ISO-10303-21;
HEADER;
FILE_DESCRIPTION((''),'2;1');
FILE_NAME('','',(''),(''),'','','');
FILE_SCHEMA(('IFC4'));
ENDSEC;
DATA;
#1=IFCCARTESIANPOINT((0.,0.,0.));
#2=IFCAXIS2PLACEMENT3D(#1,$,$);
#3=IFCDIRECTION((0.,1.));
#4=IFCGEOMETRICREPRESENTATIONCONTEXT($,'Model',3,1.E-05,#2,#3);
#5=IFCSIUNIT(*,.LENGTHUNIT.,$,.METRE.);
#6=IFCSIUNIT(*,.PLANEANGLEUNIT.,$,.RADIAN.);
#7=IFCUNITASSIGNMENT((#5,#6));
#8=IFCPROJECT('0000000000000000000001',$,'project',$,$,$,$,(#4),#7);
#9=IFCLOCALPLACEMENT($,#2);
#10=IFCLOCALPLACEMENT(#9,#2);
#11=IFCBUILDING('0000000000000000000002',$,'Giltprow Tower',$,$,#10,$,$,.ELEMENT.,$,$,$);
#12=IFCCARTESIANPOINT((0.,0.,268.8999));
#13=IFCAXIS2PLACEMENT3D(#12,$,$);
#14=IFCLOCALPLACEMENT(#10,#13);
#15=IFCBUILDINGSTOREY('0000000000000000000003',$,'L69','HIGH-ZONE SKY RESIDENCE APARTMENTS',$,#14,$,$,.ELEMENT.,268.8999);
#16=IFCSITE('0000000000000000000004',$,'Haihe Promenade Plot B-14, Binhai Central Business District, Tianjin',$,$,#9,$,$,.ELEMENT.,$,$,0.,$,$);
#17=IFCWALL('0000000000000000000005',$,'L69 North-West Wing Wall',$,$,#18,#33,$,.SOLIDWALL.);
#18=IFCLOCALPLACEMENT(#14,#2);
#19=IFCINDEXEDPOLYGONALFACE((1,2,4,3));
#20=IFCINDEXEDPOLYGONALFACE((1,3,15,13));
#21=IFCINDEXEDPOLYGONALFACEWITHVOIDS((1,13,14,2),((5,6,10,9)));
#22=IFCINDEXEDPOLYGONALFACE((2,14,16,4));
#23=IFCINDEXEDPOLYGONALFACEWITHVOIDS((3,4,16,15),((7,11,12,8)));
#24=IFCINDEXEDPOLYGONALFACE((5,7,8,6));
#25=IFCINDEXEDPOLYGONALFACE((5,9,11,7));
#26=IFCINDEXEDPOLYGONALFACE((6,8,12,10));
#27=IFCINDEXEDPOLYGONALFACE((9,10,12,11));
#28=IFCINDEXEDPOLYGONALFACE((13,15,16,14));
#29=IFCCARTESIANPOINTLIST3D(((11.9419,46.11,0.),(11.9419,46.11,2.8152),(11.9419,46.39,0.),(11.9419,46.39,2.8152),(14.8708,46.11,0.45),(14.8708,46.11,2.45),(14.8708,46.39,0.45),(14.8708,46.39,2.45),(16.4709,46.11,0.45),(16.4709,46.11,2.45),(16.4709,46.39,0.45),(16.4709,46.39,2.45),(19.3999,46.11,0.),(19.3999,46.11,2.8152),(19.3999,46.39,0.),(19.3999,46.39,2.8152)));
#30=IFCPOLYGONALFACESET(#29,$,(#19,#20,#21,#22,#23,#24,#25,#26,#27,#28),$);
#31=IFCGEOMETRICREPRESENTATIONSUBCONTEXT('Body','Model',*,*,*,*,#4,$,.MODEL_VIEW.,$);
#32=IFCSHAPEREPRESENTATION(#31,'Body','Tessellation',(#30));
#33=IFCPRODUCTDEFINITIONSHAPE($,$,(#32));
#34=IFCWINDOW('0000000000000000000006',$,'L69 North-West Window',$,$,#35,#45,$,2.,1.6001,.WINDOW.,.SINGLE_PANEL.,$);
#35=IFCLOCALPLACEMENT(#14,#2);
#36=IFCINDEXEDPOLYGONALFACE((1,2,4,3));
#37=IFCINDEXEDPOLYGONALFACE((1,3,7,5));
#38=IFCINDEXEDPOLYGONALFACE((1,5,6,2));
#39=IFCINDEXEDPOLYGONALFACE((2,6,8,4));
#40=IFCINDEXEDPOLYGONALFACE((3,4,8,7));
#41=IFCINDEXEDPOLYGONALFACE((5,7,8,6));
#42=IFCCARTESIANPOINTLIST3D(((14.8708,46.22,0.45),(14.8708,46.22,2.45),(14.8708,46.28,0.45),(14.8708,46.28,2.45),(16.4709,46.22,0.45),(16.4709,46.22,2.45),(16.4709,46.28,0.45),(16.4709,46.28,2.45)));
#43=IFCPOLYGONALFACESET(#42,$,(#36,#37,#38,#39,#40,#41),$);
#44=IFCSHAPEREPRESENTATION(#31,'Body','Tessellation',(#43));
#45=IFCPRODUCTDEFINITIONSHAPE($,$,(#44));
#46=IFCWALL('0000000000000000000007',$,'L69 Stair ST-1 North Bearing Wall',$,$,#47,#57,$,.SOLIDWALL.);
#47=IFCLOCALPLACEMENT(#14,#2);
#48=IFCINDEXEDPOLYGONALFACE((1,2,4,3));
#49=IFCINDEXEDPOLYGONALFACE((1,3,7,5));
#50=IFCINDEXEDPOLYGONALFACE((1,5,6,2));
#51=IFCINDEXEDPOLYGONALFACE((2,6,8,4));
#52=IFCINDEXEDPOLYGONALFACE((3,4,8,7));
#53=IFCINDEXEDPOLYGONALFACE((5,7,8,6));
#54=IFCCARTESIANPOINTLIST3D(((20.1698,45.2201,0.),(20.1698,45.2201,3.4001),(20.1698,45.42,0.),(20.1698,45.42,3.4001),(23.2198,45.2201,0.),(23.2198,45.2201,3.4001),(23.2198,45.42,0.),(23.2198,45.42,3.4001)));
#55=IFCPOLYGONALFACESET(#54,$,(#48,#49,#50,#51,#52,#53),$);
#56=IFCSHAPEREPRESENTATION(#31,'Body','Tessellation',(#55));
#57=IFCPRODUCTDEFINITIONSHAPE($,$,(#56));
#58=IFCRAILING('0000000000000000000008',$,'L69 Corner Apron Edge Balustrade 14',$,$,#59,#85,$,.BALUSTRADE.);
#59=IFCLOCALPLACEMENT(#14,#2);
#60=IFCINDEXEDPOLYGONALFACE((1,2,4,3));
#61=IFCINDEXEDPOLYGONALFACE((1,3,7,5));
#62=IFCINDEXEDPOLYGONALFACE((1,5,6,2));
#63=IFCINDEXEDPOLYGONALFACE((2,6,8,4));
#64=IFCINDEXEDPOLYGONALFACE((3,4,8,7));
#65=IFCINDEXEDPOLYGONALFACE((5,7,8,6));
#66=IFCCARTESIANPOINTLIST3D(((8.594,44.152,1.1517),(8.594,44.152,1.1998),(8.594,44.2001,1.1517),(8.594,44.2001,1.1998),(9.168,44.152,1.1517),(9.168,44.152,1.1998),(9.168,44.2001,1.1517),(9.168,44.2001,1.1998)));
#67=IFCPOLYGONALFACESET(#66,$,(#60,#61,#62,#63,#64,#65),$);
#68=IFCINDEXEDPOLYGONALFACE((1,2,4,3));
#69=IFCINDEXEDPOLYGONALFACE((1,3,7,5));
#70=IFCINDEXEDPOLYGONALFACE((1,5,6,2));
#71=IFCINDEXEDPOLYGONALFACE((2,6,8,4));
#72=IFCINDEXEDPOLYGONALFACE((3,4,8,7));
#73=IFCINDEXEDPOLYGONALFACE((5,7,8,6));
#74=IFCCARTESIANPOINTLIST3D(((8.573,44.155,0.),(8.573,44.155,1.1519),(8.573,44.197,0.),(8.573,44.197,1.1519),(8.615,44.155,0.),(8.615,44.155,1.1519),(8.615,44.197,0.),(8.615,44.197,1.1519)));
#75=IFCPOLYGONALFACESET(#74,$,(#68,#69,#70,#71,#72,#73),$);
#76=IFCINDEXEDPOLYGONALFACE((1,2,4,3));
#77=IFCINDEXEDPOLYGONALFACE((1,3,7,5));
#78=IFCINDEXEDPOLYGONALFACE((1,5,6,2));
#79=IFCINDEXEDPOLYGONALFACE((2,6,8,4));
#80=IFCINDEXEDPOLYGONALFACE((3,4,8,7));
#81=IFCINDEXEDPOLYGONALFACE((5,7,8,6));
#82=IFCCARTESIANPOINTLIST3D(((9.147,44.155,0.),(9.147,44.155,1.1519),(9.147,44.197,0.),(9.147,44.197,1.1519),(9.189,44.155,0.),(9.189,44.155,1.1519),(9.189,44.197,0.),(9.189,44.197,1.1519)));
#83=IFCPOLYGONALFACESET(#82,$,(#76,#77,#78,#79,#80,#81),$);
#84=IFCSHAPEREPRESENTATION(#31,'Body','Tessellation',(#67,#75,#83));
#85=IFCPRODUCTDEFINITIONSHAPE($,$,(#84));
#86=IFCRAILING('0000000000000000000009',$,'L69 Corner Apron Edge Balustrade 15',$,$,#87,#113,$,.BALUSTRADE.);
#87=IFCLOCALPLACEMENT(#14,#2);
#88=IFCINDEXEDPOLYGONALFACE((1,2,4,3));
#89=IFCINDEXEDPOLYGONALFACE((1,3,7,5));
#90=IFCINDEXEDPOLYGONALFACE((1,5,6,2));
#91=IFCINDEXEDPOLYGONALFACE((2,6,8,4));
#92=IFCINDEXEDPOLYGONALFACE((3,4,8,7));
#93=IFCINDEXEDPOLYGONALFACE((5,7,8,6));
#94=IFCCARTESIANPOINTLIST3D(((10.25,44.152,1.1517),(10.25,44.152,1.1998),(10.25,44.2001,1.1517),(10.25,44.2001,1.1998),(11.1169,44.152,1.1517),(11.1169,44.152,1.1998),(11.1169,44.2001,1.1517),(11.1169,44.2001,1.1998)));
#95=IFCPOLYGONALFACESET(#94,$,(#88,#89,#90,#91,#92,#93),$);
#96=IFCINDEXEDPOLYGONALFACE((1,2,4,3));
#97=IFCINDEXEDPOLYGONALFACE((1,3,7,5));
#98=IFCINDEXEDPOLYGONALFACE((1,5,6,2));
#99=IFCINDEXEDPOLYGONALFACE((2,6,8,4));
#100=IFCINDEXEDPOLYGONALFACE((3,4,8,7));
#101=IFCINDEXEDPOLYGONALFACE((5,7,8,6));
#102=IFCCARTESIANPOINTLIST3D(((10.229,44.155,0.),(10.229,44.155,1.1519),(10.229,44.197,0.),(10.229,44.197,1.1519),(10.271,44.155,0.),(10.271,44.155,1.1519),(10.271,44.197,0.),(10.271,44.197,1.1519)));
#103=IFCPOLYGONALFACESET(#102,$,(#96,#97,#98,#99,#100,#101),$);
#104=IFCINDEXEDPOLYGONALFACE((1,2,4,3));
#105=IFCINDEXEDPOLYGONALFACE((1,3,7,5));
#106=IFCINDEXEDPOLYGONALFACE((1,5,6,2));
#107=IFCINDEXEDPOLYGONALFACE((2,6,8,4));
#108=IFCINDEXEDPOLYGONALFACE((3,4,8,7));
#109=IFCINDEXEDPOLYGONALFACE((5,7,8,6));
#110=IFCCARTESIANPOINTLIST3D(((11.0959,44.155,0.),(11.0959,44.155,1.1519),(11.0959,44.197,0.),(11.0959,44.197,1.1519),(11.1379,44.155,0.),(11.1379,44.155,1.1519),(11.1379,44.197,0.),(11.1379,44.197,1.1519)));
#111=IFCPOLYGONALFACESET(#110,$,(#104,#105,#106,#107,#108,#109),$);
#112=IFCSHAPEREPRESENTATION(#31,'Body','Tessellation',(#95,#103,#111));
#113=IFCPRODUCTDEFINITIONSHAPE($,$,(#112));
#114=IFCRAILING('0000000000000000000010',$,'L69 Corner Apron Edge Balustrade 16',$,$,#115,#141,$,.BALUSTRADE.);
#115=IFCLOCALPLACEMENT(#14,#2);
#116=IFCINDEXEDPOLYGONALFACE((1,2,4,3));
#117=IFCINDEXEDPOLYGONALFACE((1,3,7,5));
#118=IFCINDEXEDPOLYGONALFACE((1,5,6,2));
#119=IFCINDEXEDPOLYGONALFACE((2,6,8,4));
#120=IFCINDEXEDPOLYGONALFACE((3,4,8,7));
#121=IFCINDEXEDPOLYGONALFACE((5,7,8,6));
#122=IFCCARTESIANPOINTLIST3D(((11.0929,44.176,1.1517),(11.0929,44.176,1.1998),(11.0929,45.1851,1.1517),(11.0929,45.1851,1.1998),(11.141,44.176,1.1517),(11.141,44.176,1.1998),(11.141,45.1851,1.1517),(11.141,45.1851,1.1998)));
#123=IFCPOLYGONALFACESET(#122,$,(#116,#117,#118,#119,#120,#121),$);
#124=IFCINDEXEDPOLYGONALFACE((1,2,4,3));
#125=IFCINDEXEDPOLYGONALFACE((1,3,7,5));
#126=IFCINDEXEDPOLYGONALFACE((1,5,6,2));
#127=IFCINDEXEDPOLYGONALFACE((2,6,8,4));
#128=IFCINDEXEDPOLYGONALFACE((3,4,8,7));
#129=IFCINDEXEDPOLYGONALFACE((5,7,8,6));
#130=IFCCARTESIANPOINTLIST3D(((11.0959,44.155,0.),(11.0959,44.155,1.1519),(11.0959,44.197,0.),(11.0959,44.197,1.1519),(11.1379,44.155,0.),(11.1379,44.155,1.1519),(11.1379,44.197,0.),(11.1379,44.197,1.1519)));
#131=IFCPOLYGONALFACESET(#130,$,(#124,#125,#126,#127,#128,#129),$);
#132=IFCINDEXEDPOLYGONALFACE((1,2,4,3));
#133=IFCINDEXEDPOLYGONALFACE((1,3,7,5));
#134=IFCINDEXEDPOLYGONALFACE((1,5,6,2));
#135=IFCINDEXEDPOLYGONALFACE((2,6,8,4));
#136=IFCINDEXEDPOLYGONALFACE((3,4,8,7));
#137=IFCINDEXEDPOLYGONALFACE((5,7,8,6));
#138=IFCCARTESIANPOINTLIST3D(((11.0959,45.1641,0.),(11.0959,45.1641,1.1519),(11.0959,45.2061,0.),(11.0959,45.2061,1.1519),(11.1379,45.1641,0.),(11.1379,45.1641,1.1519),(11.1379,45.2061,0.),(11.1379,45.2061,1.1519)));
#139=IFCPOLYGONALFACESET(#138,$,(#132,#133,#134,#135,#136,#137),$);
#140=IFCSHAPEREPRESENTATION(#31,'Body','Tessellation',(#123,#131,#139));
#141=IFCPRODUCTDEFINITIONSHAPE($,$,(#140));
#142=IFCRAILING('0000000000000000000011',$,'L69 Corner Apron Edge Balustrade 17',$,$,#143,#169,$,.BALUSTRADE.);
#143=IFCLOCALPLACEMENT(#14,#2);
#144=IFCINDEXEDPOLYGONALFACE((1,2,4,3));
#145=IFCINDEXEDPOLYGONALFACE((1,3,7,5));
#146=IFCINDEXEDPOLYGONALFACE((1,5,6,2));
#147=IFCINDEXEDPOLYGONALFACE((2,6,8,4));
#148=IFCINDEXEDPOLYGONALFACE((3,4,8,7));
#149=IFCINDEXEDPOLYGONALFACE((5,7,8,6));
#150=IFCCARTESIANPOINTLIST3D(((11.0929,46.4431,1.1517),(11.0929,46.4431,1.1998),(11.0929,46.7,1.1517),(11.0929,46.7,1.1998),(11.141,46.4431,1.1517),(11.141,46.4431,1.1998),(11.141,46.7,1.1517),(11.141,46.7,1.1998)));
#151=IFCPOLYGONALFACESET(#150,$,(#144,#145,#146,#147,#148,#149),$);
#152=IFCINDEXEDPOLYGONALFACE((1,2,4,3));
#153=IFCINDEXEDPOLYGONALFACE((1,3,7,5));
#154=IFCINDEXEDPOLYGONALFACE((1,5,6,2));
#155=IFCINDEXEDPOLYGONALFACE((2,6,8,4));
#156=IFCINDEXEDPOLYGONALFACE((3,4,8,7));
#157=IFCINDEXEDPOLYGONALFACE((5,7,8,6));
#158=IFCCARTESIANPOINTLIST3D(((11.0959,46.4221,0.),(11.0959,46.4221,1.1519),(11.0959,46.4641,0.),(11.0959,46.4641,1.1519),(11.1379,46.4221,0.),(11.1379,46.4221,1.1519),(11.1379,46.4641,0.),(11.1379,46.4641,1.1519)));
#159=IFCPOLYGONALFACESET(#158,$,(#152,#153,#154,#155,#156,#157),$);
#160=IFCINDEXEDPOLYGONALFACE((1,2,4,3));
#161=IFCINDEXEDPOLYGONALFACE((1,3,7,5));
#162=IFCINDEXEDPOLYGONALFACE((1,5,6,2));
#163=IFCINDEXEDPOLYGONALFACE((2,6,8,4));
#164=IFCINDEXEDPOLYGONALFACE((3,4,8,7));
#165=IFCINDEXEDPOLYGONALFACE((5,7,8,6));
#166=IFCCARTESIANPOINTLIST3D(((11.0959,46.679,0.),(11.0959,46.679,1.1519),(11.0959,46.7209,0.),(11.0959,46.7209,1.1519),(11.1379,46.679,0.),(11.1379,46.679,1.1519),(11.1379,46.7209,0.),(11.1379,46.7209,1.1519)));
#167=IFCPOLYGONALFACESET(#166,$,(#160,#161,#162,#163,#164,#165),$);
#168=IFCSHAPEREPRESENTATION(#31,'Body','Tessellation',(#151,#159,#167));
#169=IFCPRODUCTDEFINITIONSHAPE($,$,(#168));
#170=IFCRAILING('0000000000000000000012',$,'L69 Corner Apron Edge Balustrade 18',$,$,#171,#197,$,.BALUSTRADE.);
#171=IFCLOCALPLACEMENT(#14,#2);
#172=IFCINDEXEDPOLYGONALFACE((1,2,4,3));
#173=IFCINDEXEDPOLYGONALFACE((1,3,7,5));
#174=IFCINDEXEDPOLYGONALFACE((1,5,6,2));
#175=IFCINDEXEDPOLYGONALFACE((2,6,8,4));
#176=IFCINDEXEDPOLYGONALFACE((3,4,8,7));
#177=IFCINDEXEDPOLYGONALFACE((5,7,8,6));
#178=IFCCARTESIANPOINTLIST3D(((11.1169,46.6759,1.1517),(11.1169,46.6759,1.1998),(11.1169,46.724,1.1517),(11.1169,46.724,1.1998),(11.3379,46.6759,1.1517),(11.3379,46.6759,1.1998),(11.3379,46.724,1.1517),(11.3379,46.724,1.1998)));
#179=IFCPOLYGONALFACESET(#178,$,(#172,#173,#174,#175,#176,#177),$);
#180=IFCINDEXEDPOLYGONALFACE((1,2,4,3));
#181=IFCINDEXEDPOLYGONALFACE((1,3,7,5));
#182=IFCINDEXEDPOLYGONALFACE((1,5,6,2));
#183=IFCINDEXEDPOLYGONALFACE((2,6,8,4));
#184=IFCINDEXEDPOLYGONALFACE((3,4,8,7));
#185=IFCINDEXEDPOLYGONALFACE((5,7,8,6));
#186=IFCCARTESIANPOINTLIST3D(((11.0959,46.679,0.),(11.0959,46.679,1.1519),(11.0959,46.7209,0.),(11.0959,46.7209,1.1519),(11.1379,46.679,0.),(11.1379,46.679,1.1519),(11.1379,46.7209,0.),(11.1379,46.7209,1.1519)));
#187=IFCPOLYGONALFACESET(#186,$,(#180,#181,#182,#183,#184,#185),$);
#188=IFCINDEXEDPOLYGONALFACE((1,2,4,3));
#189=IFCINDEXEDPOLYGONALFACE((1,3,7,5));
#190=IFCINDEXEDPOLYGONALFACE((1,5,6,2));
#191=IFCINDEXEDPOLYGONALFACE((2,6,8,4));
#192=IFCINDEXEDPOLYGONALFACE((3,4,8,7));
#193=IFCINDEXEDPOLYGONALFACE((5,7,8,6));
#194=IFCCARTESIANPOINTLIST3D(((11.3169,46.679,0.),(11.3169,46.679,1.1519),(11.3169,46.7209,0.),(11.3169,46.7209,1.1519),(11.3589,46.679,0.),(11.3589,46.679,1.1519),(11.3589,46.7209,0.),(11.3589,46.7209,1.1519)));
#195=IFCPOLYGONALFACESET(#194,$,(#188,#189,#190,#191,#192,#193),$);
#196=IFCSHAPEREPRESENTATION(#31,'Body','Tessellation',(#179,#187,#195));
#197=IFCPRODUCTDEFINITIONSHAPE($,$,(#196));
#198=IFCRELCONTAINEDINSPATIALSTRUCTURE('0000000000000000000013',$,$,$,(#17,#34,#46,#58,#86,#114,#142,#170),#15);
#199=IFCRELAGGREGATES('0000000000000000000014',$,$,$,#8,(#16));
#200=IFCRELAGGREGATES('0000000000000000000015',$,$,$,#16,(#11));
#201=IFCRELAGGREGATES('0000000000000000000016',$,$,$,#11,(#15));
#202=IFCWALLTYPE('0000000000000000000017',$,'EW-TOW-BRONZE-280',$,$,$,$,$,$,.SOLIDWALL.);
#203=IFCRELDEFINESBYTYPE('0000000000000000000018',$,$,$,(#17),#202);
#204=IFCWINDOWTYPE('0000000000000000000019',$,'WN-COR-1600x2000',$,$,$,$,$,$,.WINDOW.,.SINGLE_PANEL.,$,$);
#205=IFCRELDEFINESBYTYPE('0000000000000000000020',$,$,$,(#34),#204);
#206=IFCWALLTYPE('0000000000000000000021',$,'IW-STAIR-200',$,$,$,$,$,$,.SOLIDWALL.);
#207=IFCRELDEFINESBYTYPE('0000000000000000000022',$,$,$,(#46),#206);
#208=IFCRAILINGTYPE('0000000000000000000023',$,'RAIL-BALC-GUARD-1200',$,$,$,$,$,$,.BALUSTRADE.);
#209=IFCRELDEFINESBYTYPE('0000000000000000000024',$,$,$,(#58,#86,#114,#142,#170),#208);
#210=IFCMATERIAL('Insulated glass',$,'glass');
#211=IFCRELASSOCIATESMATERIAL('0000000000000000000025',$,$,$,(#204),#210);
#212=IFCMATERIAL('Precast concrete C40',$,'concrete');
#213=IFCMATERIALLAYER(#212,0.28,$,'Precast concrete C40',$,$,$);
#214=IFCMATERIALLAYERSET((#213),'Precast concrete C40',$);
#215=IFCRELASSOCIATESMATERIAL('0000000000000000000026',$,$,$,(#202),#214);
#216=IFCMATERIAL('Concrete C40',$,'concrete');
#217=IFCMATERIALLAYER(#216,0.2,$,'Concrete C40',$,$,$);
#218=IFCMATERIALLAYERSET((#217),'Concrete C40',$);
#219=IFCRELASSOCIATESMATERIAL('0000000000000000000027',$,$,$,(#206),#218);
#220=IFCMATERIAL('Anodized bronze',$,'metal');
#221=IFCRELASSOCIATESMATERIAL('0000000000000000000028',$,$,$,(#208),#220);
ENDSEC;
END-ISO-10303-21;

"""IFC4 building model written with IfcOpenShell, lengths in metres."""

from ifc_helpers import new_model, si_unit, direction, frame, frame_2d, origin, origin_2d, place, context, subcontext, project, spatial, rectangle, extrude, source, transform, mapped, material, layer, layer_set, type_object, element, fill, save


model = new_model("IFC4")

# Units and contexts
model_context = context("Model", 3, precision=1e-05, world=origin(), true_north=direction((0.0, 1.0)))
body_context = subcontext(model_context, "Body", "Model", "MODEL_VIEW")
ifc_project = project(units=[si_unit("LENGTHUNIT", "METRE"), si_unit("PLANEANGLEUNIT", "RADIAN")], contexts=[model_context])

# Site, building, storey
site_placement = place(None, origin())
site = spatial("IfcSite", under=ifc_project, at=site_placement, Name="Haihe Promenade Plot B-14, Binhai Central Business District, Tianjin", CompositionType="ELEMENT", RefElevation=0.0)
building_placement = place(site_placement, origin())
building = spatial("IfcBuilding", under=site, at=building_placement, Name="Giltprow Tower", CompositionType="ELEMENT")
storey_placement = place(building_placement, frame((0.0, 0.0, 268.8999)))
storey = spatial("IfcBuildingStorey", under=building, at=storey_placement, Name="L69", Description="HIGH-ZONE SKY RESIDENCE APARTMENTS", CompositionType="ELEMENT", Elevation=268.8999)

# Wall, opening, window
ifc_material_1 = material(Name="Precast concrete C40", Category="concrete")
ifc_material_2 = material(Name="Insulated glass", Category="glass")
window_type = type_object("IfcWindowType", Name="WN-COR-1600x2000", PartitioningType="SINGLE_PANEL", PredefinedType="WINDOW", material=ifc_material_2)
shared_shape_1 = source(origin(), body_context, "Body", "SweptSolid", [
    extrude(rectangle(XDim=1.6001, YDim=2.0, at=frame_2d((0.8, 1.0))), frame((0.0, 0.03, 0.0), z_axis=(0.0, -1.0, 0.0), x_axis=(1.0, 0.0, 0.0)), (0.0, 0.0, 1.0), 0.0601),
])
ifc_layer_1 = layer(ifc_material_1, 0.28, Name="Precast concrete C40")
ifc_layer_set_1 = layer_set([ifc_layer_1], Name="Precast concrete C40")
wall_type_1 = type_object("IfcWallType", Name="EW-TOW-BRONZE-280", PredefinedType="SOLIDWALL", material=ifc_layer_set_1)
wall_1_placement = place(storey_placement, frame((11.9419, 46.25, 0.0), z_axis=(0.0, 0.0, 1.0), x_axis=(1.0, 0.0, 0.0)))
wall_1 = element("IfcWall", 1, at=wall_1_placement, inside=storey, type_object=wall_type_1, Name="L69 North-West Wing Wall", PredefinedType="SOLIDWALL", context=body_context, shape_type="SweptSolid", body=[
    extrude(rectangle(XDim=7.458, YDim=0.28, at=frame_2d((3.729, 0.0))), origin(), (0.0, 0.0, 1.0), 2.8152),
])
opening_1_placement = place(wall_1_placement, frame((2.929, 0.0, 0.45)))
opening_1 = element("IfcOpeningElement", 2, at=opening_1_placement, cuts=wall_1, PredefinedType="OPENING", context=body_context, shape_type="SweptSolid", body=[
    extrude(rectangle(XDim=1.6001, YDim=2.0, at=frame_2d((0.8, 1.0))), frame((0.0, 0.1499, 0.0), z_axis=(0.0, -1.0, 0.0), x_axis=(1.0, 0.0, 0.0)), (0.0, 0.0, 1.0), 0.3),
])
window_1_placement = place(opening_1_placement, origin())
window_1 = element("IfcWindow", 3, at=window_1_placement, inside=storey, type_object=window_type, Name="L69 North-West Window", OverallHeight=2.0, OverallWidth=1.6001, PartitioningType="SINGLE_PANEL", PredefinedType="WINDOW", context=body_context, shape_type="MappedRepresentation", body=[
    mapped(shared_shape_1, transform((0.0, 0.0, 0.0), x_axis=(1.0, 0.0, 0.0), y_axis=(0.0, 1.0, 0.0), z_axis=(0.0, 0.0, 1.0), scale=1.0)),
])
fill(opening_1, window_1)

# Wall
ifc_material_3 = material(Name="Concrete C40", Category="concrete")
ifc_layer_2 = layer(ifc_material_3, 0.2, Name="Concrete C40")
ifc_layer_set_2 = layer_set([ifc_layer_2], Name="Concrete C40")
wall_type_2 = type_object("IfcWallType", Name="IW-STAIR-200", PredefinedType="SOLIDWALL", material=ifc_layer_set_2)
wall_2_placement = place(storey_placement, frame((20.1699, 45.3201, 0.0), z_axis=(0.0, 0.0, 1.0), x_axis=(1.0, 0.0, 0.0)))
element("IfcWall", 4, at=wall_2_placement, inside=storey, type_object=wall_type_2, Name="L69 Stair ST-1 North Bearing Wall", PredefinedType="SOLIDWALL", context=body_context, shape_type="SweptSolid", body=[
    extrude(rectangle(XDim=3.05, YDim=0.2, at=frame_2d((1.5249, 0.0))), origin(), (0.0, 0.0, 1.0), 3.4001),
])

# Railings
ifc_material_4 = material(Name="Anodized bronze", Category="metal")
railing_type = type_object("IfcRailingType", Name="RAIL-BALC-GUARD-1200", PredefinedType="BALUSTRADE", material=ifc_material_4)
railing_1_placement = place(storey_placement, frame((8.594, 44.176, 0.0)))
element("IfcRailing", 5, at=railing_1_placement, inside=storey, type_object=railing_type, Name="L69 Corner Apron Edge Balustrade 14", PredefinedType="BALUSTRADE", context=body_context, shape_type="SweptSolid", body=[
    extrude(rectangle(XDim=0.0481, YDim=0.0481, at=origin_2d()), frame((0.0, 0.0, 1.1758), z_axis=(1.0, 0.0, 0.0), x_axis=(0.0, 1.0, 0.0)), (0.0, 0.0, 1.0), 0.574),
    extrude(rectangle(XDim=0.042, YDim=0.042, at=origin_2d()), origin(), (0.0, 0.0, 1.0), 1.1519),
    extrude(rectangle(XDim=0.042, YDim=0.042, at=origin_2d()), frame((0.574, 0.0, 0.0)), (0.0, 0.0, 1.0), 1.1519),
])
railing_2_placement = place(storey_placement, frame((10.25, 44.176, 0.0)))
element("IfcRailing", 6, at=railing_2_placement, inside=storey, type_object=railing_type, Name="L69 Corner Apron Edge Balustrade 15", PredefinedType="BALUSTRADE", context=body_context, shape_type="SweptSolid", body=[
    extrude(rectangle(XDim=0.0481, YDim=0.0481, at=origin_2d()), frame((0.0, 0.0, 1.1758), z_axis=(1.0, 0.0, 0.0), x_axis=(0.0, 1.0, 0.0)), (0.0, 0.0, 1.0), 0.8669),
    extrude(rectangle(XDim=0.042, YDim=0.042, at=origin_2d()), origin(), (0.0, 0.0, 1.0), 1.1519),
    extrude(rectangle(XDim=0.042, YDim=0.042, at=origin_2d()), frame((0.8669, 0.0, 0.0)), (0.0, 0.0, 1.0), 1.1519),
])
railing_3_placement = place(storey_placement, frame((11.1169, 44.176, 0.0)))
element("IfcRailing", 7, at=railing_3_placement, inside=storey, type_object=railing_type, Name="L69 Corner Apron Edge Balustrade 16", PredefinedType="BALUSTRADE", context=body_context, shape_type="SweptSolid", body=[
    extrude(rectangle(XDim=0.0481, YDim=0.0481, at=origin_2d()), frame((0.0, 0.0, 1.1758), z_axis=(0.0, 1.0, 0.0), x_axis=(-1.0, 0.0, 0.0)), (0.0, 0.0, 1.0), 1.009),
    extrude(rectangle(XDim=0.042, YDim=0.042, at=origin_2d()), origin(), (0.0, 0.0, 1.0), 1.1519),
    extrude(rectangle(XDim=0.042, YDim=0.042, at=origin_2d()), frame((0.0, 1.009, 0.0)), (0.0, 0.0, 1.0), 1.1519),
])
railing_4_placement = place(storey_placement, frame((11.1169, 46.4431, 0.0)))
element("IfcRailing", 8, at=railing_4_placement, inside=storey, type_object=railing_type, Name="L69 Corner Apron Edge Balustrade 17", PredefinedType="BALUSTRADE", context=body_context, shape_type="SweptSolid", body=[
    extrude(rectangle(XDim=0.0481, YDim=0.0481, at=origin_2d()), frame((0.0, 0.0, 1.1758), z_axis=(0.0, 1.0, 0.0), x_axis=(-1.0, 0.0, 0.0)), (0.0, 0.0, 1.0), 0.2568),
    extrude(rectangle(XDim=0.042, YDim=0.042, at=origin_2d()), origin(), (0.0, 0.0, 1.0), 1.1519),
    extrude(rectangle(XDim=0.042, YDim=0.042, at=origin_2d()), frame((0.0, 0.2568, 0.0)), (0.0, 0.0, 1.0), 1.1519),
])
railing_5_placement = place(storey_placement, frame((11.1169, 46.7, 0.0)))
element("IfcRailing", 9, at=railing_5_placement, inside=storey, type_object=railing_type, Name="L69 Corner Apron Edge Balustrade 18", PredefinedType="BALUSTRADE", context=body_context, shape_type="SweptSolid", body=[
    extrude(rectangle(XDim=0.0481, YDim=0.0481, at=origin_2d()), frame((0.0, 0.0, 1.1758), z_axis=(1.0, 0.0, 0.0), x_axis=(0.0, 1.0, 0.0)), (0.0, 0.0, 1.0), 0.2209),
    extrude(rectangle(XDim=0.042, YDim=0.042, at=origin_2d()), origin(), (0.0, 0.0, 1.0), 1.1519),
    extrude(rectangle(XDim=0.042, YDim=0.042, at=origin_2d()), frame((0.2209, 0.0, 0.0)), (0.0, 0.0, 1.0), 1.1519),
])

save(model, "model.ifc")
